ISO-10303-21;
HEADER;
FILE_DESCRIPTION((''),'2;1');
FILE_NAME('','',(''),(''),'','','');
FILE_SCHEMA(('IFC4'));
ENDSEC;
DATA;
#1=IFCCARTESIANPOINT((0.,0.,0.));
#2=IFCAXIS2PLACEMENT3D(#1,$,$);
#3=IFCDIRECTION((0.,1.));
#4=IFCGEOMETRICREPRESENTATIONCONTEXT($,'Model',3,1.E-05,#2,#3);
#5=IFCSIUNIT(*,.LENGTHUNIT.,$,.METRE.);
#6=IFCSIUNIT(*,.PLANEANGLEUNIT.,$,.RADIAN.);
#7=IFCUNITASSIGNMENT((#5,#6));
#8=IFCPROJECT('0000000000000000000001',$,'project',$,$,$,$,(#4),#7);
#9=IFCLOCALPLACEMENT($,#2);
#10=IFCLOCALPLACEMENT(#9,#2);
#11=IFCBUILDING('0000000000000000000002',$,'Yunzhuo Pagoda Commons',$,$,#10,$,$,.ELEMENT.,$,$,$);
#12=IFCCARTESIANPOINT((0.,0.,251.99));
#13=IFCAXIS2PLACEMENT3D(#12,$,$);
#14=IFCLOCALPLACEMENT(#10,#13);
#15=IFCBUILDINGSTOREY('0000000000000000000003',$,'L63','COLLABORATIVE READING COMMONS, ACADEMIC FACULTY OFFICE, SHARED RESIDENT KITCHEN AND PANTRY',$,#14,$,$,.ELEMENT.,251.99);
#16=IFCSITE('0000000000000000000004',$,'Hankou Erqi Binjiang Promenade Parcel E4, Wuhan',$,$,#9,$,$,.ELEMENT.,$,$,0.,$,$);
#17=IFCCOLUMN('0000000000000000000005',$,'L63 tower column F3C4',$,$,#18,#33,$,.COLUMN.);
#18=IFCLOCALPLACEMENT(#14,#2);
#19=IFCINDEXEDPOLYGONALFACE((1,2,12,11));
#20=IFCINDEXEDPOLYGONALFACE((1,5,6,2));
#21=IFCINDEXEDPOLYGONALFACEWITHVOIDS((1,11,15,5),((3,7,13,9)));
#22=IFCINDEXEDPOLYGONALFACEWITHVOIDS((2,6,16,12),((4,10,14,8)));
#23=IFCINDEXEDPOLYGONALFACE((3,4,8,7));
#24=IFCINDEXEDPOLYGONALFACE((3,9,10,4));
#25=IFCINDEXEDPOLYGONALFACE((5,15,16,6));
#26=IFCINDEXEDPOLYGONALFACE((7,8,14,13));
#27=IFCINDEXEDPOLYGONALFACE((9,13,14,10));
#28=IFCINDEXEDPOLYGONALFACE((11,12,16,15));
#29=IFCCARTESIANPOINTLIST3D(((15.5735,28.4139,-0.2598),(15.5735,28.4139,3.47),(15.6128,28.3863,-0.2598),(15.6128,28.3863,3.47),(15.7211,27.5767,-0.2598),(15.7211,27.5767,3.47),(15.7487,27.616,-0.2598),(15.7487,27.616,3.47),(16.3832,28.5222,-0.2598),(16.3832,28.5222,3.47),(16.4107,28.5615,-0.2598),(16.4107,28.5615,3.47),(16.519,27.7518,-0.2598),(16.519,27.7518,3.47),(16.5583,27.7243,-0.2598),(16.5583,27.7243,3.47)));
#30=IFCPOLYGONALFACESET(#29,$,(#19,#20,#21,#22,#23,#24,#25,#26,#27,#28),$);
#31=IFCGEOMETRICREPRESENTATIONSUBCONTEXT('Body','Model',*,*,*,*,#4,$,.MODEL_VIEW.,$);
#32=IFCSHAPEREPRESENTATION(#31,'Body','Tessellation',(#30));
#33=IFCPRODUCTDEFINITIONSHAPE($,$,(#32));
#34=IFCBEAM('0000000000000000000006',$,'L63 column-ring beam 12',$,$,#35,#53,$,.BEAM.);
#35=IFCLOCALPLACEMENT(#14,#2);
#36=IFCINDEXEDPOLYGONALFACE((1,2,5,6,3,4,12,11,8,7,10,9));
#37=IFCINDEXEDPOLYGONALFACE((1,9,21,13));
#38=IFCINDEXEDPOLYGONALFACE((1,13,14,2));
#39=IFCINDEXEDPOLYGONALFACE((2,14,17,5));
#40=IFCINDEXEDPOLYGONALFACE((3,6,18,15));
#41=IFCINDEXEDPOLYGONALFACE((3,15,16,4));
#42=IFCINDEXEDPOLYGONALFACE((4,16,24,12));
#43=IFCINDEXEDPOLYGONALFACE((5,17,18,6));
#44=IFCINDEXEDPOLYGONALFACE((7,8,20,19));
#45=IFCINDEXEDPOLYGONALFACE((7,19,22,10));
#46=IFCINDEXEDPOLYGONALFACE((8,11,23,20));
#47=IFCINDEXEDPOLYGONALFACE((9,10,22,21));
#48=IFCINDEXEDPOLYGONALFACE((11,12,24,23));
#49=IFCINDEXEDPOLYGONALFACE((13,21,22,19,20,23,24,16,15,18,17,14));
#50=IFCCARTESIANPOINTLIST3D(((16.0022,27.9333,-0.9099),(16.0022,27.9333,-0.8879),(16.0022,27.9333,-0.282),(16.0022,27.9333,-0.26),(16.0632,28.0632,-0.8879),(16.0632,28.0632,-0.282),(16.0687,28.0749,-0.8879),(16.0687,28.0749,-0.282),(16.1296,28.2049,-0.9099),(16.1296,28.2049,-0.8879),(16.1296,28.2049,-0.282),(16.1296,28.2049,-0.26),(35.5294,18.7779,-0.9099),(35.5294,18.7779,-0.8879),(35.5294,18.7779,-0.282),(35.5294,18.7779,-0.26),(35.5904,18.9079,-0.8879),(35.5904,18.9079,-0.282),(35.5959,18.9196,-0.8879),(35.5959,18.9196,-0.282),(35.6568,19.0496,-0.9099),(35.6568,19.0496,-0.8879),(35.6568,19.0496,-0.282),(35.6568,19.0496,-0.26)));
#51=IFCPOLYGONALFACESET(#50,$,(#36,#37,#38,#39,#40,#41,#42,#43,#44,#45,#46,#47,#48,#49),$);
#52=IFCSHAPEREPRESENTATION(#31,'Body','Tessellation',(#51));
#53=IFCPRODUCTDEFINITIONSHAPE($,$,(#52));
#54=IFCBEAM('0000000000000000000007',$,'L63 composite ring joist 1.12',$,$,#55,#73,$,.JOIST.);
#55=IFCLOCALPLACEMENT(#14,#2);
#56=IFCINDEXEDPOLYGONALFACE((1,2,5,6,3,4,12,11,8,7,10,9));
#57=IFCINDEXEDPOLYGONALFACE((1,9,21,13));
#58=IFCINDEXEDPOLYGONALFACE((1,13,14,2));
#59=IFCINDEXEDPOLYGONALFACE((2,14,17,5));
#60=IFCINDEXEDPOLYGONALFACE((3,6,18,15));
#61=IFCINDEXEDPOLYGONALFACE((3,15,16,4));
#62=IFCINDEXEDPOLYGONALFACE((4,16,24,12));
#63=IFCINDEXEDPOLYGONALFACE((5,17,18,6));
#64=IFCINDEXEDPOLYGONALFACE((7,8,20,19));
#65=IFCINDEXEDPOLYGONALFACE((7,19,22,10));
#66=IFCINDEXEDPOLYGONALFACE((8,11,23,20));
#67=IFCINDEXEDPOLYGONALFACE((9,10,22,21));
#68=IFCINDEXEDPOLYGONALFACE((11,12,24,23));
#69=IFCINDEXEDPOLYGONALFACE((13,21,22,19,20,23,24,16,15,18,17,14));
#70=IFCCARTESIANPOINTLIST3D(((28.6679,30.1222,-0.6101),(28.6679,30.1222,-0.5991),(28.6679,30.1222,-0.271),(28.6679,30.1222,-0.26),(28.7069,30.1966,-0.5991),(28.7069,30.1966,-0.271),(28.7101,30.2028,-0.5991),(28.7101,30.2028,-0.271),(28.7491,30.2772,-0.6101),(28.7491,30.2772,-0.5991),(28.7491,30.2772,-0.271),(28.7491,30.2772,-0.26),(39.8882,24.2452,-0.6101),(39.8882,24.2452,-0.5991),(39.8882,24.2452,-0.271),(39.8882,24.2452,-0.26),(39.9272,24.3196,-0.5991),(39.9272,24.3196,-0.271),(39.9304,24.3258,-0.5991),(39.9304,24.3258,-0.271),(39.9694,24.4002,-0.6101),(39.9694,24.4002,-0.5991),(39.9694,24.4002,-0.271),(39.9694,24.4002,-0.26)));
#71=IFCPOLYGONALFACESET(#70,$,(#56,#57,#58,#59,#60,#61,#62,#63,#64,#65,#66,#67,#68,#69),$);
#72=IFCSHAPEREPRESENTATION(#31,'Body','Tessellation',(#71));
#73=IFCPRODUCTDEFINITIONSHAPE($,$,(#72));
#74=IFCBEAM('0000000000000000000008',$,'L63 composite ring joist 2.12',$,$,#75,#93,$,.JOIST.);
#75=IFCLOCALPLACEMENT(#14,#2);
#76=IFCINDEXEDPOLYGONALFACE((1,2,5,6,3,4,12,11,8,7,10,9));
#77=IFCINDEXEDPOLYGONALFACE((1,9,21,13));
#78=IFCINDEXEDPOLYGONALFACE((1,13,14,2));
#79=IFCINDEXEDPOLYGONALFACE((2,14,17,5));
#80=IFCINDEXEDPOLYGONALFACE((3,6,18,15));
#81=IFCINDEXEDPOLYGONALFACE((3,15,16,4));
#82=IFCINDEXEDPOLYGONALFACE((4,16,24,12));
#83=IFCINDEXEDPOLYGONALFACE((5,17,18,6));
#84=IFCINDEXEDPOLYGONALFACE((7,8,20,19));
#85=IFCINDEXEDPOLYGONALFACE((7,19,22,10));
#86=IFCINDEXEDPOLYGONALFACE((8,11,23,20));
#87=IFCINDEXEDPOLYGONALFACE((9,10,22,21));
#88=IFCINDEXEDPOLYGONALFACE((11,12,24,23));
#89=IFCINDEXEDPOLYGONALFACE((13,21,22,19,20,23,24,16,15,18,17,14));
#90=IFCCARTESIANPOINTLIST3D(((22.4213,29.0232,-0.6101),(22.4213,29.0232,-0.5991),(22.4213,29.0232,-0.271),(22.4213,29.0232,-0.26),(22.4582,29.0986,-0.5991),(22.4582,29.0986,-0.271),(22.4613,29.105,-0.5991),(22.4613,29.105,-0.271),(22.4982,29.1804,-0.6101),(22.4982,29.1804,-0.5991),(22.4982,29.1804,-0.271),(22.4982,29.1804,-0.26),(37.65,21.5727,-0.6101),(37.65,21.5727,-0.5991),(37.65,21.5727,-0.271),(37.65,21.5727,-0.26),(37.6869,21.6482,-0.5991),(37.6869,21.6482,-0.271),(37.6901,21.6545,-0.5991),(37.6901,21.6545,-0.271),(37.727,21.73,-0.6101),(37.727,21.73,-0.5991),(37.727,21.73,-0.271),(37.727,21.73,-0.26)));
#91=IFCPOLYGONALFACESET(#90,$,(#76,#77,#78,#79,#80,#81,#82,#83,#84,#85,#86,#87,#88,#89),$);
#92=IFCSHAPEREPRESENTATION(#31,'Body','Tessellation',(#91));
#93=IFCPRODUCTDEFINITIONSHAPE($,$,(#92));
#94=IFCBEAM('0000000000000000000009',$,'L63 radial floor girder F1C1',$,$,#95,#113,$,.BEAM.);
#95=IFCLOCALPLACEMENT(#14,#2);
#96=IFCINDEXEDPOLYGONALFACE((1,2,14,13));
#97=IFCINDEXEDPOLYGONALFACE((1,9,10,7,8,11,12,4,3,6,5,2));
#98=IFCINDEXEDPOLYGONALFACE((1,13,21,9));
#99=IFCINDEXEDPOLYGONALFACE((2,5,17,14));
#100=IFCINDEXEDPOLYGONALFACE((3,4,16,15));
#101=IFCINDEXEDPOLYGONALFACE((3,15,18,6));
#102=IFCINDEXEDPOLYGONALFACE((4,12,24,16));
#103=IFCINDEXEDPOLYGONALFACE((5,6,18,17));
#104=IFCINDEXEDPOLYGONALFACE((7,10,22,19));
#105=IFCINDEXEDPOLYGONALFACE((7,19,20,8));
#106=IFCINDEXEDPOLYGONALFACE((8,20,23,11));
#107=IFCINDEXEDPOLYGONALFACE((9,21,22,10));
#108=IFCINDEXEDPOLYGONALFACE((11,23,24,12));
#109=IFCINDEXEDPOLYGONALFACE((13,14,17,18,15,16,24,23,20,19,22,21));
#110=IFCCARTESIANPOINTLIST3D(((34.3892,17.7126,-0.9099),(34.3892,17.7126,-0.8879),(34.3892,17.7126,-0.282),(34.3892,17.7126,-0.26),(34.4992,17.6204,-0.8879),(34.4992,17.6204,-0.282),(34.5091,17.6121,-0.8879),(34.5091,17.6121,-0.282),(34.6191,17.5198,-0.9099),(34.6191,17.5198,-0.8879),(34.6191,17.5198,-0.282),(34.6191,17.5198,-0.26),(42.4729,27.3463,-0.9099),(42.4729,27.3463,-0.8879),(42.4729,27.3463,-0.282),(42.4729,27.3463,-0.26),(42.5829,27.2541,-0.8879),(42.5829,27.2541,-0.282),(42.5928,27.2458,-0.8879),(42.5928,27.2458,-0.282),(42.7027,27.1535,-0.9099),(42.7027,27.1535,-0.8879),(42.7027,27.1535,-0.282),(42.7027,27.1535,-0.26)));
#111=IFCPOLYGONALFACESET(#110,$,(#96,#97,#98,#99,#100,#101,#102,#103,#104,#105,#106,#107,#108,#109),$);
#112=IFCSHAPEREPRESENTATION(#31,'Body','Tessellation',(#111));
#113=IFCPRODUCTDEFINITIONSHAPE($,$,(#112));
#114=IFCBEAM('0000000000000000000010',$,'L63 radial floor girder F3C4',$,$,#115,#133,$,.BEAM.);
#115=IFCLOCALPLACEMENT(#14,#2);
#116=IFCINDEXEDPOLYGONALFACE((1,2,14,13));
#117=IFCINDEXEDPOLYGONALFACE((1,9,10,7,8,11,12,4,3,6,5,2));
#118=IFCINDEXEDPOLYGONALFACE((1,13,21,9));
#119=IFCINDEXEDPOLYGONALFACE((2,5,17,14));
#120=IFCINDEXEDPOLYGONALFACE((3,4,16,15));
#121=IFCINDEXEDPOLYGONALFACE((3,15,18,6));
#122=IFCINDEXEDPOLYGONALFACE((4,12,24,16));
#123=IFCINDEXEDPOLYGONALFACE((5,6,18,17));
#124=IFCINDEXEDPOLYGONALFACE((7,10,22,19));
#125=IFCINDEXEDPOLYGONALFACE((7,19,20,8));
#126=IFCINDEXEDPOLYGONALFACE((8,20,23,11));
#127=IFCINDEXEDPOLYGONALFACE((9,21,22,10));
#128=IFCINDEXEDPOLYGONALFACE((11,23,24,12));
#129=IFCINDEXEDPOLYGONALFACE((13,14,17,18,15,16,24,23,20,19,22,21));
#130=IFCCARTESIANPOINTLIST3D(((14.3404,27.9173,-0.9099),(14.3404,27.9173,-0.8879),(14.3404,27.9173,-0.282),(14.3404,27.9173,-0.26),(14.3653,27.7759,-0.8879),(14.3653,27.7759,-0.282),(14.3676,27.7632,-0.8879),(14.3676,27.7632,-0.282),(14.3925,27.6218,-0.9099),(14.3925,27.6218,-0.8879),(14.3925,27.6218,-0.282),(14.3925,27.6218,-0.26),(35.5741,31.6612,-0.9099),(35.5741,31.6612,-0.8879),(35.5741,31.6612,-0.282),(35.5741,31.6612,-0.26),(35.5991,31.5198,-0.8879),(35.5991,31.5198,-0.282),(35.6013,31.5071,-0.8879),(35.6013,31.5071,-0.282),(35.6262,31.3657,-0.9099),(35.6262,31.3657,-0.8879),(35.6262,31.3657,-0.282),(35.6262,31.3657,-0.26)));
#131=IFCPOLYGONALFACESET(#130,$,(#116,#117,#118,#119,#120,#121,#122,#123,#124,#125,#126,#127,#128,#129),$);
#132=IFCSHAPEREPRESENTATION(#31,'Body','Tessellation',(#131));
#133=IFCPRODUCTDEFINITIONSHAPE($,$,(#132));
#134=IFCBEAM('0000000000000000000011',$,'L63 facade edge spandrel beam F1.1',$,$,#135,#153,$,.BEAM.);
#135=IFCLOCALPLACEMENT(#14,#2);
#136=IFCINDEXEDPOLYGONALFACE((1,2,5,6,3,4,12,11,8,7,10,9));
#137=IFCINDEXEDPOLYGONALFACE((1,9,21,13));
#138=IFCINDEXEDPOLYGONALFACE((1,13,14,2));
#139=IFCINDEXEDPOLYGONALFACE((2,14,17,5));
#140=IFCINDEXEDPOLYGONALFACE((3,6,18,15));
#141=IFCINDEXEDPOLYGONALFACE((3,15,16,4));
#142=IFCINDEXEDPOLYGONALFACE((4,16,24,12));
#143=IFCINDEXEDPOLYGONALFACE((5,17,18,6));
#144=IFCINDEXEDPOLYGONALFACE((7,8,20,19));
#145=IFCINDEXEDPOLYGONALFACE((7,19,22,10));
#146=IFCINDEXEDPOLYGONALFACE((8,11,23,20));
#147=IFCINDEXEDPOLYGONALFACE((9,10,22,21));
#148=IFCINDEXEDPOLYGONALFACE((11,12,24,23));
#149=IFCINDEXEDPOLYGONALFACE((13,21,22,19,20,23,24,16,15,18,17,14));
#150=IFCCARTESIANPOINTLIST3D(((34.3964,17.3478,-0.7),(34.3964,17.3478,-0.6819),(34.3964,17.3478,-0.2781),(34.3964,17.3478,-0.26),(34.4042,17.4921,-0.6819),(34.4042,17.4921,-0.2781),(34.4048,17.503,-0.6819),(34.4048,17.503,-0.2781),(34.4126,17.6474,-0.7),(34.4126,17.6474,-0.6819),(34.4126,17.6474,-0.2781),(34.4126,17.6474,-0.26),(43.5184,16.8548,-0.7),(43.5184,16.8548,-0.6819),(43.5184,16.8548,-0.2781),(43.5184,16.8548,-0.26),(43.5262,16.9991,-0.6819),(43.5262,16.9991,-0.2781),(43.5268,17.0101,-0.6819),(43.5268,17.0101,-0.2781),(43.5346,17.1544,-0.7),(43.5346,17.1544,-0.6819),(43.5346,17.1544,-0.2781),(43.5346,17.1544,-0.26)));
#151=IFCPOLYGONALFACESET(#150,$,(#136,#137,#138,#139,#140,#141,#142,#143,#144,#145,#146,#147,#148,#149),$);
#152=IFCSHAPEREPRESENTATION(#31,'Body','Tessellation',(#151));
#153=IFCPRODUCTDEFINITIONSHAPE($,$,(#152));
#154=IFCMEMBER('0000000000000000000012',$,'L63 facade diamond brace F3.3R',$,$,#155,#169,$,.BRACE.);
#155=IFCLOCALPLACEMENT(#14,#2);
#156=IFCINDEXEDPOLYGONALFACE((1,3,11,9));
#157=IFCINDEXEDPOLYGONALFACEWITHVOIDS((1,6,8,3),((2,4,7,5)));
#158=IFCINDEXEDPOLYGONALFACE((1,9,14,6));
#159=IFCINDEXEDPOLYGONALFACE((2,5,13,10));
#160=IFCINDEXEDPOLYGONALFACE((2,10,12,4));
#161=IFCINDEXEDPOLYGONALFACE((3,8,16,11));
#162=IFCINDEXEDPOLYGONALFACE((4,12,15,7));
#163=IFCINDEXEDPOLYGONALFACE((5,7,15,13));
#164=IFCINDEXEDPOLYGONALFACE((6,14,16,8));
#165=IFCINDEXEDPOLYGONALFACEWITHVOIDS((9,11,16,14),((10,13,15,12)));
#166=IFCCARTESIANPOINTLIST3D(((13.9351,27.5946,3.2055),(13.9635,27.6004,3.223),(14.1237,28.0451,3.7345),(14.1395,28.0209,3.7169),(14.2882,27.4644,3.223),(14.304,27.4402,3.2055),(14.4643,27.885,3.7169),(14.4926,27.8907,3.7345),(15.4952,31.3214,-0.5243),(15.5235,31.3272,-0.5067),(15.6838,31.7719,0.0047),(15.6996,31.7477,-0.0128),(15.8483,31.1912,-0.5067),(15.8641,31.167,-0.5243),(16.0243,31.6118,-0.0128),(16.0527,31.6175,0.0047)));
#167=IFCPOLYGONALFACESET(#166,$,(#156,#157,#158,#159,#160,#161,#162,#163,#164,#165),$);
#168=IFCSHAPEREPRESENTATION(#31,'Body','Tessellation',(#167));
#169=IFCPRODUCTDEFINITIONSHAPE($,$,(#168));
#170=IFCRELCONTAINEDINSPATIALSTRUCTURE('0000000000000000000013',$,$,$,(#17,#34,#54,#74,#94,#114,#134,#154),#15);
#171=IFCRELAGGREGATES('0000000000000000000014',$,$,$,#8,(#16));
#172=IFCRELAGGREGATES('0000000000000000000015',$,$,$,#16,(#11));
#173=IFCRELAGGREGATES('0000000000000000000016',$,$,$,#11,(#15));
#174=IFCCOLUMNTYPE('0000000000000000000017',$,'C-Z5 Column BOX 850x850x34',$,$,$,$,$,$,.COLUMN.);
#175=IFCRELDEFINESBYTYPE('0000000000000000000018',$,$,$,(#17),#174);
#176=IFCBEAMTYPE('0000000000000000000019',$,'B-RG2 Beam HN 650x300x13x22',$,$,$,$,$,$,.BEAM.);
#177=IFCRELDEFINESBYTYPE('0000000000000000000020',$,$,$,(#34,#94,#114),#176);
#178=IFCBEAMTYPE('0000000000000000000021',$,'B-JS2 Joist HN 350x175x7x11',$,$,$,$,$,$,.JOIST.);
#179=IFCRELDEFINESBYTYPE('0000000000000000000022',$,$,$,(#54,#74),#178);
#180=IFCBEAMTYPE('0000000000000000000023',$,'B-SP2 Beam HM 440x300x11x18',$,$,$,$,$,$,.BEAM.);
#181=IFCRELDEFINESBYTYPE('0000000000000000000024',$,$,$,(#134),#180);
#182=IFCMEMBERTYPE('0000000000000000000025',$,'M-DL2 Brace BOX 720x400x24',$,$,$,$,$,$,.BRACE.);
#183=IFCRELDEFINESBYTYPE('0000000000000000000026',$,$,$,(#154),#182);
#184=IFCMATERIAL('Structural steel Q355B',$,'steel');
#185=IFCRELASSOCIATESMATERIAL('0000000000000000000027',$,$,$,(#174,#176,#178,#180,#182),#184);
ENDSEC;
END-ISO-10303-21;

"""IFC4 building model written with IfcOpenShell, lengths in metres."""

from ifc_helpers import new_model, si_unit, direction, frame, origin, origin_2d, place, context, subcontext, project, spatial, hollow_rectangle, i_section, extrude, source, transform, mapped, material, material_profile, profile_set, type_object, element, save


model = new_model("IFC4")

# Units and contexts
model_context = context("Model", 3, precision=1e-05, world=origin(), true_north=direction((0.0, 1.0)))
body_context = subcontext(model_context, "Body", "Model", "MODEL_VIEW")
ifc_project = project(units=[si_unit("LENGTHUNIT", "METRE"), si_unit("PLANEANGLEUNIT", "RADIAN")], contexts=[model_context])

# Site, building, storey
site_placement = place(None, origin())
site = spatial("IfcSite", under=ifc_project, at=site_placement, Name="Hankou Erqi Binjiang Promenade Parcel E4, Wuhan", CompositionType="ELEMENT", RefElevation=0.0)
building_placement = place(site_placement, origin())
building = spatial("IfcBuilding", under=site, at=building_placement, Name="Yunzhuo Pagoda Commons", CompositionType="ELEMENT")
storey_placement = place(building_placement, frame((0.0, 0.0, 251.99)))
storey = spatial("IfcBuildingStorey", under=building, at=storey_placement, Name="L63", Description="COLLABORATIVE READING COMMONS, ACADEMIC FACULTY OFFICE, SHARED RESIDENT KITCHEN AND PANTRY", CompositionType="ELEMENT", Elevation=251.99)

# Column
ifc_material_1 = material(Name="Structural steel Q355B", Category="steel")
ifc_material_profile_1 = material_profile(ifc_material_1, hollow_rectangle(XDim=0.8501, YDim=0.8501, WallThickness=0.0339, at=origin_2d()), Name="Structural steel Q355B")
ifc_profile_set_1 = profile_set([ifc_material_profile_1], Name="Structural steel Q355B")
column_type = type_object("IfcColumnType", Name="C-Z5 Column BOX 850x850x34", PredefinedType="COLUMN", material=ifc_profile_set_1)
shared_shape_1 = source(origin(), body_context, "Body", "SweptSolid", [
    extrude(hollow_rectangle(XDim=0.8501, YDim=0.8501, WallThickness=0.0339, at=origin_2d()), origin(), (0.0, 0.0, 1.0), 3.7297),
])
column_placement = place(storey_placement, frame((16.0659, 28.0691, -0.2598), z_axis=(0.0, 0.0, 1.0), x_axis=(0.173648, -0.984808, 0.0)))
element("IfcColumn", 1, at=column_placement, inside=storey, type_object=column_type, Name="L63 tower column F3C4", PredefinedType="COLUMN", context=body_context, shape_type="MappedRepresentation", body=[
    mapped(shared_shape_1, transform((0.0, 0.0, 0.0), scale=1.0)),
])

# Beams
ifc_material_profile_2 = material_profile(ifc_material_1, i_section(OverallWidth=0.3, OverallDepth=0.6499, WebThickness=0.0129, FlangeThickness=0.022, at=origin_2d()), Name="Structural steel Q355B")
ifc_profile_set_2 = profile_set([ifc_material_profile_2], Name="Structural steel Q355B")
beam_type_1 = type_object("IfcBeamType", Name="B-RG2 Beam HN 650x300x13x22", PredefinedType="BEAM", material=ifc_profile_set_2)
shared_shape_2 = source(origin(), body_context, "Body", "SweptSolid", [
    extrude(i_section(OverallWidth=0.3, OverallDepth=0.6499, WebThickness=0.0129, FlangeThickness=0.022, at=origin_2d()), origin(), (0.0, 0.0, 1.0), 21.5669),
])
beam_1_placement = place(storey_placement, frame((16.0659, 28.0691, -0.585), z_axis=(0.905424, -0.424508, 0.0), x_axis=(0.424508, 0.905424, 0.0)))
element("IfcBeam", 2, at=beam_1_placement, inside=storey, type_object=beam_type_1, Name="L63 column-ring beam 12", PredefinedType="BEAM", context=body_context, shape_type="MappedRepresentation", body=[
    mapped(shared_shape_2, transform((0.0, 0.0, 0.0), scale=1.0)),
])
ifc_material_profile_3 = material_profile(ifc_material_1, i_section(OverallWidth=0.175, OverallDepth=0.3501, WebThickness=0.0071, FlangeThickness=0.011, at=origin_2d()), Name="Structural steel Q355B")
ifc_profile_set_3 = profile_set([ifc_material_profile_3], Name="Structural steel Q355B")
beam_type_2 = type_object("IfcBeamType", Name="B-JS2 Joist HN 350x175x7x11", PredefinedType="JOIST", material=ifc_profile_set_3)
shared_shape_3 = source(origin(), body_context, "Body", "SweptSolid", [
    extrude(i_section(OverallWidth=0.175, OverallDepth=0.3501, WebThickness=0.0071, FlangeThickness=0.011, at=origin_2d()), origin(), (0.0, 0.0, 1.0), 12.6663),
])
beam_2_placement = place(storey_placement, frame((28.7085, 30.1997, -0.4351), z_axis=(0.885841, -0.463988, 0.0), x_axis=(0.463988, 0.885841, 0.0)))
element("IfcBeam", 3, at=beam_2_placement, inside=storey, type_object=beam_type_2, Name="L63 composite ring joist 1.12", PredefinedType="JOIST", context=body_context, shape_type="MappedRepresentation", body=[
    mapped(shared_shape_3, transform((0.0, 0.0, 0.0), scale=1.0)),
])
shared_shape_4 = source(origin(), body_context, "Body", "SweptSolid", [
    extrude(i_section(OverallWidth=0.175, OverallDepth=0.3501, WebThickness=0.0071, FlangeThickness=0.011, at=origin_2d()), origin(), (0.0, 0.0, 1.0), 16.9536),
])
beam_3_placement = place(storey_placement, frame((22.4597, 29.1018, -0.4351), z_axis=(0.898262, -0.439461, 0.0), x_axis=(0.439461, 0.898262, 0.0)))
element("IfcBeam", 4, at=beam_3_placement, inside=storey, type_object=beam_type_2, Name="L63 composite ring joist 2.12", PredefinedType="JOIST", context=body_context, shape_type="MappedRepresentation", body=[
    mapped(shared_shape_4, transform((0.0, 0.0, 0.0), scale=1.0)),
])
shared_shape_5 = source(origin(), body_context, "Body", "SweptSolid", [
    extrude(i_section(OverallWidth=0.3, OverallDepth=0.6499, WebThickness=0.0129, FlangeThickness=0.022, at=origin_2d()), origin(), (0.0, 0.0, 1.0), 12.5759),
])
beam_4_placement = place(storey_placement, frame((34.5042, 17.6162, -0.585), z_axis=(0.642789, 0.766043, 0.0), x_axis=(-0.766043, 0.642789, 0.0)))
element("IfcBeam", 5, at=beam_4_placement, inside=storey, type_object=beam_type_1, Name="L63 radial floor girder F1C1", PredefinedType="BEAM", context=body_context, shape_type="MappedRepresentation", body=[
    mapped(shared_shape_5, transform((0.0, 0.0, 0.0), scale=1.0)),
])
shared_shape_6 = source(origin(), body_context, "Body", "SweptSolid", [
    extrude(i_section(OverallWidth=0.3, OverallDepth=0.6499, WebThickness=0.0129, FlangeThickness=0.022, at=origin_2d()), origin(), (0.0, 0.0, 1.0), 21.5613),
])
beam_5_placement = place(storey_placement, frame((14.3665, 27.7695, -0.585), z_axis=(0.984809, 0.173641, 0.0), x_axis=(-0.173641, 0.984809, 0.0)))
element("IfcBeam", 6, at=beam_5_placement, inside=storey, type_object=beam_type_1, Name="L63 radial floor girder F3C4", PredefinedType="BEAM", context=body_context, shape_type="MappedRepresentation", body=[
    mapped(shared_shape_6, transform((0.0, 0.0, 0.0), scale=1.0)),
])
ifc_material_profile_4 = material_profile(ifc_material_1, i_section(OverallWidth=0.3, OverallDepth=0.4399, WebThickness=0.011, FlangeThickness=0.0181, at=origin_2d()), Name="Structural steel Q355B")
ifc_profile_set_4 = profile_set([ifc_material_profile_4], Name="Structural steel Q355B")
beam_type_3 = type_object("IfcBeamType", Name="B-SP2 Beam HM 440x300x11x18", PredefinedType="BEAM", material=ifc_profile_set_4)
shared_shape_7 = source(origin(), body_context, "Body", "SweptSolid", [
    extrude(i_section(OverallWidth=0.3, OverallDepth=0.4399, WebThickness=0.011, FlangeThickness=0.0181, at=origin_2d()), origin(), (0.0, 0.0, 1.0), 9.1353),
])
beam_6_placement = place(storey_placement, frame((34.4045, 17.4976, -0.48), z_axis=(0.998543, -0.053959, 0.0), x_axis=(0.053959, 0.998543, 0.0)))
element("IfcBeam", 7, at=beam_6_placement, inside=storey, type_object=beam_type_3, Name="L63 facade edge spandrel beam F1.1", PredefinedType="BEAM", context=body_context, shape_type="MappedRepresentation", body=[
    mapped(shared_shape_7, transform((0.0, 0.0, 0.0), scale=1.0)),
])

# Member
ifc_material_profile_5 = material_profile(ifc_material_1, hollow_rectangle(XDim=0.3999, YDim=0.72, WallThickness=0.0239, at=origin_2d()), Name="Structural steel Q355B")
ifc_profile_set_5 = profile_set([ifc_material_profile_5], Name="Structural steel Q355B")
member_type_1 = type_object("IfcMemberType", Name="M-DL2 Brace BOX 720x400x24", PredefinedType="BRACE", material=ifc_profile_set_5)
shared_shape_8 = source(origin(), body_context, "Body", "SweptSolid", [
    extrude(hollow_rectangle(XDim=0.3999, YDim=0.72, WallThickness=0.0239, at=origin_2d()), origin(), (0.0, 0.0, 1.0), 5.4985),
])
member_1_placement = place(storey_placement, frame((15.7739, 31.4695, -0.2598), z_axis=(-0.283723, -0.677783, 0.678315), x_axis=(0.922441, -0.386138, 0.0)))
element("IfcMember", 8, at=member_1_placement, inside=storey, type_object=member_type_1, Name="L63 facade diamond brace F3.3R", PredefinedType="BRACE", context=body_context, shape_type="MappedRepresentation", body=[
    mapped(shared_shape_8, transform((0.0, 0.0, 0.0), scale=1.0)),
])

save(model, "model.ifc")
